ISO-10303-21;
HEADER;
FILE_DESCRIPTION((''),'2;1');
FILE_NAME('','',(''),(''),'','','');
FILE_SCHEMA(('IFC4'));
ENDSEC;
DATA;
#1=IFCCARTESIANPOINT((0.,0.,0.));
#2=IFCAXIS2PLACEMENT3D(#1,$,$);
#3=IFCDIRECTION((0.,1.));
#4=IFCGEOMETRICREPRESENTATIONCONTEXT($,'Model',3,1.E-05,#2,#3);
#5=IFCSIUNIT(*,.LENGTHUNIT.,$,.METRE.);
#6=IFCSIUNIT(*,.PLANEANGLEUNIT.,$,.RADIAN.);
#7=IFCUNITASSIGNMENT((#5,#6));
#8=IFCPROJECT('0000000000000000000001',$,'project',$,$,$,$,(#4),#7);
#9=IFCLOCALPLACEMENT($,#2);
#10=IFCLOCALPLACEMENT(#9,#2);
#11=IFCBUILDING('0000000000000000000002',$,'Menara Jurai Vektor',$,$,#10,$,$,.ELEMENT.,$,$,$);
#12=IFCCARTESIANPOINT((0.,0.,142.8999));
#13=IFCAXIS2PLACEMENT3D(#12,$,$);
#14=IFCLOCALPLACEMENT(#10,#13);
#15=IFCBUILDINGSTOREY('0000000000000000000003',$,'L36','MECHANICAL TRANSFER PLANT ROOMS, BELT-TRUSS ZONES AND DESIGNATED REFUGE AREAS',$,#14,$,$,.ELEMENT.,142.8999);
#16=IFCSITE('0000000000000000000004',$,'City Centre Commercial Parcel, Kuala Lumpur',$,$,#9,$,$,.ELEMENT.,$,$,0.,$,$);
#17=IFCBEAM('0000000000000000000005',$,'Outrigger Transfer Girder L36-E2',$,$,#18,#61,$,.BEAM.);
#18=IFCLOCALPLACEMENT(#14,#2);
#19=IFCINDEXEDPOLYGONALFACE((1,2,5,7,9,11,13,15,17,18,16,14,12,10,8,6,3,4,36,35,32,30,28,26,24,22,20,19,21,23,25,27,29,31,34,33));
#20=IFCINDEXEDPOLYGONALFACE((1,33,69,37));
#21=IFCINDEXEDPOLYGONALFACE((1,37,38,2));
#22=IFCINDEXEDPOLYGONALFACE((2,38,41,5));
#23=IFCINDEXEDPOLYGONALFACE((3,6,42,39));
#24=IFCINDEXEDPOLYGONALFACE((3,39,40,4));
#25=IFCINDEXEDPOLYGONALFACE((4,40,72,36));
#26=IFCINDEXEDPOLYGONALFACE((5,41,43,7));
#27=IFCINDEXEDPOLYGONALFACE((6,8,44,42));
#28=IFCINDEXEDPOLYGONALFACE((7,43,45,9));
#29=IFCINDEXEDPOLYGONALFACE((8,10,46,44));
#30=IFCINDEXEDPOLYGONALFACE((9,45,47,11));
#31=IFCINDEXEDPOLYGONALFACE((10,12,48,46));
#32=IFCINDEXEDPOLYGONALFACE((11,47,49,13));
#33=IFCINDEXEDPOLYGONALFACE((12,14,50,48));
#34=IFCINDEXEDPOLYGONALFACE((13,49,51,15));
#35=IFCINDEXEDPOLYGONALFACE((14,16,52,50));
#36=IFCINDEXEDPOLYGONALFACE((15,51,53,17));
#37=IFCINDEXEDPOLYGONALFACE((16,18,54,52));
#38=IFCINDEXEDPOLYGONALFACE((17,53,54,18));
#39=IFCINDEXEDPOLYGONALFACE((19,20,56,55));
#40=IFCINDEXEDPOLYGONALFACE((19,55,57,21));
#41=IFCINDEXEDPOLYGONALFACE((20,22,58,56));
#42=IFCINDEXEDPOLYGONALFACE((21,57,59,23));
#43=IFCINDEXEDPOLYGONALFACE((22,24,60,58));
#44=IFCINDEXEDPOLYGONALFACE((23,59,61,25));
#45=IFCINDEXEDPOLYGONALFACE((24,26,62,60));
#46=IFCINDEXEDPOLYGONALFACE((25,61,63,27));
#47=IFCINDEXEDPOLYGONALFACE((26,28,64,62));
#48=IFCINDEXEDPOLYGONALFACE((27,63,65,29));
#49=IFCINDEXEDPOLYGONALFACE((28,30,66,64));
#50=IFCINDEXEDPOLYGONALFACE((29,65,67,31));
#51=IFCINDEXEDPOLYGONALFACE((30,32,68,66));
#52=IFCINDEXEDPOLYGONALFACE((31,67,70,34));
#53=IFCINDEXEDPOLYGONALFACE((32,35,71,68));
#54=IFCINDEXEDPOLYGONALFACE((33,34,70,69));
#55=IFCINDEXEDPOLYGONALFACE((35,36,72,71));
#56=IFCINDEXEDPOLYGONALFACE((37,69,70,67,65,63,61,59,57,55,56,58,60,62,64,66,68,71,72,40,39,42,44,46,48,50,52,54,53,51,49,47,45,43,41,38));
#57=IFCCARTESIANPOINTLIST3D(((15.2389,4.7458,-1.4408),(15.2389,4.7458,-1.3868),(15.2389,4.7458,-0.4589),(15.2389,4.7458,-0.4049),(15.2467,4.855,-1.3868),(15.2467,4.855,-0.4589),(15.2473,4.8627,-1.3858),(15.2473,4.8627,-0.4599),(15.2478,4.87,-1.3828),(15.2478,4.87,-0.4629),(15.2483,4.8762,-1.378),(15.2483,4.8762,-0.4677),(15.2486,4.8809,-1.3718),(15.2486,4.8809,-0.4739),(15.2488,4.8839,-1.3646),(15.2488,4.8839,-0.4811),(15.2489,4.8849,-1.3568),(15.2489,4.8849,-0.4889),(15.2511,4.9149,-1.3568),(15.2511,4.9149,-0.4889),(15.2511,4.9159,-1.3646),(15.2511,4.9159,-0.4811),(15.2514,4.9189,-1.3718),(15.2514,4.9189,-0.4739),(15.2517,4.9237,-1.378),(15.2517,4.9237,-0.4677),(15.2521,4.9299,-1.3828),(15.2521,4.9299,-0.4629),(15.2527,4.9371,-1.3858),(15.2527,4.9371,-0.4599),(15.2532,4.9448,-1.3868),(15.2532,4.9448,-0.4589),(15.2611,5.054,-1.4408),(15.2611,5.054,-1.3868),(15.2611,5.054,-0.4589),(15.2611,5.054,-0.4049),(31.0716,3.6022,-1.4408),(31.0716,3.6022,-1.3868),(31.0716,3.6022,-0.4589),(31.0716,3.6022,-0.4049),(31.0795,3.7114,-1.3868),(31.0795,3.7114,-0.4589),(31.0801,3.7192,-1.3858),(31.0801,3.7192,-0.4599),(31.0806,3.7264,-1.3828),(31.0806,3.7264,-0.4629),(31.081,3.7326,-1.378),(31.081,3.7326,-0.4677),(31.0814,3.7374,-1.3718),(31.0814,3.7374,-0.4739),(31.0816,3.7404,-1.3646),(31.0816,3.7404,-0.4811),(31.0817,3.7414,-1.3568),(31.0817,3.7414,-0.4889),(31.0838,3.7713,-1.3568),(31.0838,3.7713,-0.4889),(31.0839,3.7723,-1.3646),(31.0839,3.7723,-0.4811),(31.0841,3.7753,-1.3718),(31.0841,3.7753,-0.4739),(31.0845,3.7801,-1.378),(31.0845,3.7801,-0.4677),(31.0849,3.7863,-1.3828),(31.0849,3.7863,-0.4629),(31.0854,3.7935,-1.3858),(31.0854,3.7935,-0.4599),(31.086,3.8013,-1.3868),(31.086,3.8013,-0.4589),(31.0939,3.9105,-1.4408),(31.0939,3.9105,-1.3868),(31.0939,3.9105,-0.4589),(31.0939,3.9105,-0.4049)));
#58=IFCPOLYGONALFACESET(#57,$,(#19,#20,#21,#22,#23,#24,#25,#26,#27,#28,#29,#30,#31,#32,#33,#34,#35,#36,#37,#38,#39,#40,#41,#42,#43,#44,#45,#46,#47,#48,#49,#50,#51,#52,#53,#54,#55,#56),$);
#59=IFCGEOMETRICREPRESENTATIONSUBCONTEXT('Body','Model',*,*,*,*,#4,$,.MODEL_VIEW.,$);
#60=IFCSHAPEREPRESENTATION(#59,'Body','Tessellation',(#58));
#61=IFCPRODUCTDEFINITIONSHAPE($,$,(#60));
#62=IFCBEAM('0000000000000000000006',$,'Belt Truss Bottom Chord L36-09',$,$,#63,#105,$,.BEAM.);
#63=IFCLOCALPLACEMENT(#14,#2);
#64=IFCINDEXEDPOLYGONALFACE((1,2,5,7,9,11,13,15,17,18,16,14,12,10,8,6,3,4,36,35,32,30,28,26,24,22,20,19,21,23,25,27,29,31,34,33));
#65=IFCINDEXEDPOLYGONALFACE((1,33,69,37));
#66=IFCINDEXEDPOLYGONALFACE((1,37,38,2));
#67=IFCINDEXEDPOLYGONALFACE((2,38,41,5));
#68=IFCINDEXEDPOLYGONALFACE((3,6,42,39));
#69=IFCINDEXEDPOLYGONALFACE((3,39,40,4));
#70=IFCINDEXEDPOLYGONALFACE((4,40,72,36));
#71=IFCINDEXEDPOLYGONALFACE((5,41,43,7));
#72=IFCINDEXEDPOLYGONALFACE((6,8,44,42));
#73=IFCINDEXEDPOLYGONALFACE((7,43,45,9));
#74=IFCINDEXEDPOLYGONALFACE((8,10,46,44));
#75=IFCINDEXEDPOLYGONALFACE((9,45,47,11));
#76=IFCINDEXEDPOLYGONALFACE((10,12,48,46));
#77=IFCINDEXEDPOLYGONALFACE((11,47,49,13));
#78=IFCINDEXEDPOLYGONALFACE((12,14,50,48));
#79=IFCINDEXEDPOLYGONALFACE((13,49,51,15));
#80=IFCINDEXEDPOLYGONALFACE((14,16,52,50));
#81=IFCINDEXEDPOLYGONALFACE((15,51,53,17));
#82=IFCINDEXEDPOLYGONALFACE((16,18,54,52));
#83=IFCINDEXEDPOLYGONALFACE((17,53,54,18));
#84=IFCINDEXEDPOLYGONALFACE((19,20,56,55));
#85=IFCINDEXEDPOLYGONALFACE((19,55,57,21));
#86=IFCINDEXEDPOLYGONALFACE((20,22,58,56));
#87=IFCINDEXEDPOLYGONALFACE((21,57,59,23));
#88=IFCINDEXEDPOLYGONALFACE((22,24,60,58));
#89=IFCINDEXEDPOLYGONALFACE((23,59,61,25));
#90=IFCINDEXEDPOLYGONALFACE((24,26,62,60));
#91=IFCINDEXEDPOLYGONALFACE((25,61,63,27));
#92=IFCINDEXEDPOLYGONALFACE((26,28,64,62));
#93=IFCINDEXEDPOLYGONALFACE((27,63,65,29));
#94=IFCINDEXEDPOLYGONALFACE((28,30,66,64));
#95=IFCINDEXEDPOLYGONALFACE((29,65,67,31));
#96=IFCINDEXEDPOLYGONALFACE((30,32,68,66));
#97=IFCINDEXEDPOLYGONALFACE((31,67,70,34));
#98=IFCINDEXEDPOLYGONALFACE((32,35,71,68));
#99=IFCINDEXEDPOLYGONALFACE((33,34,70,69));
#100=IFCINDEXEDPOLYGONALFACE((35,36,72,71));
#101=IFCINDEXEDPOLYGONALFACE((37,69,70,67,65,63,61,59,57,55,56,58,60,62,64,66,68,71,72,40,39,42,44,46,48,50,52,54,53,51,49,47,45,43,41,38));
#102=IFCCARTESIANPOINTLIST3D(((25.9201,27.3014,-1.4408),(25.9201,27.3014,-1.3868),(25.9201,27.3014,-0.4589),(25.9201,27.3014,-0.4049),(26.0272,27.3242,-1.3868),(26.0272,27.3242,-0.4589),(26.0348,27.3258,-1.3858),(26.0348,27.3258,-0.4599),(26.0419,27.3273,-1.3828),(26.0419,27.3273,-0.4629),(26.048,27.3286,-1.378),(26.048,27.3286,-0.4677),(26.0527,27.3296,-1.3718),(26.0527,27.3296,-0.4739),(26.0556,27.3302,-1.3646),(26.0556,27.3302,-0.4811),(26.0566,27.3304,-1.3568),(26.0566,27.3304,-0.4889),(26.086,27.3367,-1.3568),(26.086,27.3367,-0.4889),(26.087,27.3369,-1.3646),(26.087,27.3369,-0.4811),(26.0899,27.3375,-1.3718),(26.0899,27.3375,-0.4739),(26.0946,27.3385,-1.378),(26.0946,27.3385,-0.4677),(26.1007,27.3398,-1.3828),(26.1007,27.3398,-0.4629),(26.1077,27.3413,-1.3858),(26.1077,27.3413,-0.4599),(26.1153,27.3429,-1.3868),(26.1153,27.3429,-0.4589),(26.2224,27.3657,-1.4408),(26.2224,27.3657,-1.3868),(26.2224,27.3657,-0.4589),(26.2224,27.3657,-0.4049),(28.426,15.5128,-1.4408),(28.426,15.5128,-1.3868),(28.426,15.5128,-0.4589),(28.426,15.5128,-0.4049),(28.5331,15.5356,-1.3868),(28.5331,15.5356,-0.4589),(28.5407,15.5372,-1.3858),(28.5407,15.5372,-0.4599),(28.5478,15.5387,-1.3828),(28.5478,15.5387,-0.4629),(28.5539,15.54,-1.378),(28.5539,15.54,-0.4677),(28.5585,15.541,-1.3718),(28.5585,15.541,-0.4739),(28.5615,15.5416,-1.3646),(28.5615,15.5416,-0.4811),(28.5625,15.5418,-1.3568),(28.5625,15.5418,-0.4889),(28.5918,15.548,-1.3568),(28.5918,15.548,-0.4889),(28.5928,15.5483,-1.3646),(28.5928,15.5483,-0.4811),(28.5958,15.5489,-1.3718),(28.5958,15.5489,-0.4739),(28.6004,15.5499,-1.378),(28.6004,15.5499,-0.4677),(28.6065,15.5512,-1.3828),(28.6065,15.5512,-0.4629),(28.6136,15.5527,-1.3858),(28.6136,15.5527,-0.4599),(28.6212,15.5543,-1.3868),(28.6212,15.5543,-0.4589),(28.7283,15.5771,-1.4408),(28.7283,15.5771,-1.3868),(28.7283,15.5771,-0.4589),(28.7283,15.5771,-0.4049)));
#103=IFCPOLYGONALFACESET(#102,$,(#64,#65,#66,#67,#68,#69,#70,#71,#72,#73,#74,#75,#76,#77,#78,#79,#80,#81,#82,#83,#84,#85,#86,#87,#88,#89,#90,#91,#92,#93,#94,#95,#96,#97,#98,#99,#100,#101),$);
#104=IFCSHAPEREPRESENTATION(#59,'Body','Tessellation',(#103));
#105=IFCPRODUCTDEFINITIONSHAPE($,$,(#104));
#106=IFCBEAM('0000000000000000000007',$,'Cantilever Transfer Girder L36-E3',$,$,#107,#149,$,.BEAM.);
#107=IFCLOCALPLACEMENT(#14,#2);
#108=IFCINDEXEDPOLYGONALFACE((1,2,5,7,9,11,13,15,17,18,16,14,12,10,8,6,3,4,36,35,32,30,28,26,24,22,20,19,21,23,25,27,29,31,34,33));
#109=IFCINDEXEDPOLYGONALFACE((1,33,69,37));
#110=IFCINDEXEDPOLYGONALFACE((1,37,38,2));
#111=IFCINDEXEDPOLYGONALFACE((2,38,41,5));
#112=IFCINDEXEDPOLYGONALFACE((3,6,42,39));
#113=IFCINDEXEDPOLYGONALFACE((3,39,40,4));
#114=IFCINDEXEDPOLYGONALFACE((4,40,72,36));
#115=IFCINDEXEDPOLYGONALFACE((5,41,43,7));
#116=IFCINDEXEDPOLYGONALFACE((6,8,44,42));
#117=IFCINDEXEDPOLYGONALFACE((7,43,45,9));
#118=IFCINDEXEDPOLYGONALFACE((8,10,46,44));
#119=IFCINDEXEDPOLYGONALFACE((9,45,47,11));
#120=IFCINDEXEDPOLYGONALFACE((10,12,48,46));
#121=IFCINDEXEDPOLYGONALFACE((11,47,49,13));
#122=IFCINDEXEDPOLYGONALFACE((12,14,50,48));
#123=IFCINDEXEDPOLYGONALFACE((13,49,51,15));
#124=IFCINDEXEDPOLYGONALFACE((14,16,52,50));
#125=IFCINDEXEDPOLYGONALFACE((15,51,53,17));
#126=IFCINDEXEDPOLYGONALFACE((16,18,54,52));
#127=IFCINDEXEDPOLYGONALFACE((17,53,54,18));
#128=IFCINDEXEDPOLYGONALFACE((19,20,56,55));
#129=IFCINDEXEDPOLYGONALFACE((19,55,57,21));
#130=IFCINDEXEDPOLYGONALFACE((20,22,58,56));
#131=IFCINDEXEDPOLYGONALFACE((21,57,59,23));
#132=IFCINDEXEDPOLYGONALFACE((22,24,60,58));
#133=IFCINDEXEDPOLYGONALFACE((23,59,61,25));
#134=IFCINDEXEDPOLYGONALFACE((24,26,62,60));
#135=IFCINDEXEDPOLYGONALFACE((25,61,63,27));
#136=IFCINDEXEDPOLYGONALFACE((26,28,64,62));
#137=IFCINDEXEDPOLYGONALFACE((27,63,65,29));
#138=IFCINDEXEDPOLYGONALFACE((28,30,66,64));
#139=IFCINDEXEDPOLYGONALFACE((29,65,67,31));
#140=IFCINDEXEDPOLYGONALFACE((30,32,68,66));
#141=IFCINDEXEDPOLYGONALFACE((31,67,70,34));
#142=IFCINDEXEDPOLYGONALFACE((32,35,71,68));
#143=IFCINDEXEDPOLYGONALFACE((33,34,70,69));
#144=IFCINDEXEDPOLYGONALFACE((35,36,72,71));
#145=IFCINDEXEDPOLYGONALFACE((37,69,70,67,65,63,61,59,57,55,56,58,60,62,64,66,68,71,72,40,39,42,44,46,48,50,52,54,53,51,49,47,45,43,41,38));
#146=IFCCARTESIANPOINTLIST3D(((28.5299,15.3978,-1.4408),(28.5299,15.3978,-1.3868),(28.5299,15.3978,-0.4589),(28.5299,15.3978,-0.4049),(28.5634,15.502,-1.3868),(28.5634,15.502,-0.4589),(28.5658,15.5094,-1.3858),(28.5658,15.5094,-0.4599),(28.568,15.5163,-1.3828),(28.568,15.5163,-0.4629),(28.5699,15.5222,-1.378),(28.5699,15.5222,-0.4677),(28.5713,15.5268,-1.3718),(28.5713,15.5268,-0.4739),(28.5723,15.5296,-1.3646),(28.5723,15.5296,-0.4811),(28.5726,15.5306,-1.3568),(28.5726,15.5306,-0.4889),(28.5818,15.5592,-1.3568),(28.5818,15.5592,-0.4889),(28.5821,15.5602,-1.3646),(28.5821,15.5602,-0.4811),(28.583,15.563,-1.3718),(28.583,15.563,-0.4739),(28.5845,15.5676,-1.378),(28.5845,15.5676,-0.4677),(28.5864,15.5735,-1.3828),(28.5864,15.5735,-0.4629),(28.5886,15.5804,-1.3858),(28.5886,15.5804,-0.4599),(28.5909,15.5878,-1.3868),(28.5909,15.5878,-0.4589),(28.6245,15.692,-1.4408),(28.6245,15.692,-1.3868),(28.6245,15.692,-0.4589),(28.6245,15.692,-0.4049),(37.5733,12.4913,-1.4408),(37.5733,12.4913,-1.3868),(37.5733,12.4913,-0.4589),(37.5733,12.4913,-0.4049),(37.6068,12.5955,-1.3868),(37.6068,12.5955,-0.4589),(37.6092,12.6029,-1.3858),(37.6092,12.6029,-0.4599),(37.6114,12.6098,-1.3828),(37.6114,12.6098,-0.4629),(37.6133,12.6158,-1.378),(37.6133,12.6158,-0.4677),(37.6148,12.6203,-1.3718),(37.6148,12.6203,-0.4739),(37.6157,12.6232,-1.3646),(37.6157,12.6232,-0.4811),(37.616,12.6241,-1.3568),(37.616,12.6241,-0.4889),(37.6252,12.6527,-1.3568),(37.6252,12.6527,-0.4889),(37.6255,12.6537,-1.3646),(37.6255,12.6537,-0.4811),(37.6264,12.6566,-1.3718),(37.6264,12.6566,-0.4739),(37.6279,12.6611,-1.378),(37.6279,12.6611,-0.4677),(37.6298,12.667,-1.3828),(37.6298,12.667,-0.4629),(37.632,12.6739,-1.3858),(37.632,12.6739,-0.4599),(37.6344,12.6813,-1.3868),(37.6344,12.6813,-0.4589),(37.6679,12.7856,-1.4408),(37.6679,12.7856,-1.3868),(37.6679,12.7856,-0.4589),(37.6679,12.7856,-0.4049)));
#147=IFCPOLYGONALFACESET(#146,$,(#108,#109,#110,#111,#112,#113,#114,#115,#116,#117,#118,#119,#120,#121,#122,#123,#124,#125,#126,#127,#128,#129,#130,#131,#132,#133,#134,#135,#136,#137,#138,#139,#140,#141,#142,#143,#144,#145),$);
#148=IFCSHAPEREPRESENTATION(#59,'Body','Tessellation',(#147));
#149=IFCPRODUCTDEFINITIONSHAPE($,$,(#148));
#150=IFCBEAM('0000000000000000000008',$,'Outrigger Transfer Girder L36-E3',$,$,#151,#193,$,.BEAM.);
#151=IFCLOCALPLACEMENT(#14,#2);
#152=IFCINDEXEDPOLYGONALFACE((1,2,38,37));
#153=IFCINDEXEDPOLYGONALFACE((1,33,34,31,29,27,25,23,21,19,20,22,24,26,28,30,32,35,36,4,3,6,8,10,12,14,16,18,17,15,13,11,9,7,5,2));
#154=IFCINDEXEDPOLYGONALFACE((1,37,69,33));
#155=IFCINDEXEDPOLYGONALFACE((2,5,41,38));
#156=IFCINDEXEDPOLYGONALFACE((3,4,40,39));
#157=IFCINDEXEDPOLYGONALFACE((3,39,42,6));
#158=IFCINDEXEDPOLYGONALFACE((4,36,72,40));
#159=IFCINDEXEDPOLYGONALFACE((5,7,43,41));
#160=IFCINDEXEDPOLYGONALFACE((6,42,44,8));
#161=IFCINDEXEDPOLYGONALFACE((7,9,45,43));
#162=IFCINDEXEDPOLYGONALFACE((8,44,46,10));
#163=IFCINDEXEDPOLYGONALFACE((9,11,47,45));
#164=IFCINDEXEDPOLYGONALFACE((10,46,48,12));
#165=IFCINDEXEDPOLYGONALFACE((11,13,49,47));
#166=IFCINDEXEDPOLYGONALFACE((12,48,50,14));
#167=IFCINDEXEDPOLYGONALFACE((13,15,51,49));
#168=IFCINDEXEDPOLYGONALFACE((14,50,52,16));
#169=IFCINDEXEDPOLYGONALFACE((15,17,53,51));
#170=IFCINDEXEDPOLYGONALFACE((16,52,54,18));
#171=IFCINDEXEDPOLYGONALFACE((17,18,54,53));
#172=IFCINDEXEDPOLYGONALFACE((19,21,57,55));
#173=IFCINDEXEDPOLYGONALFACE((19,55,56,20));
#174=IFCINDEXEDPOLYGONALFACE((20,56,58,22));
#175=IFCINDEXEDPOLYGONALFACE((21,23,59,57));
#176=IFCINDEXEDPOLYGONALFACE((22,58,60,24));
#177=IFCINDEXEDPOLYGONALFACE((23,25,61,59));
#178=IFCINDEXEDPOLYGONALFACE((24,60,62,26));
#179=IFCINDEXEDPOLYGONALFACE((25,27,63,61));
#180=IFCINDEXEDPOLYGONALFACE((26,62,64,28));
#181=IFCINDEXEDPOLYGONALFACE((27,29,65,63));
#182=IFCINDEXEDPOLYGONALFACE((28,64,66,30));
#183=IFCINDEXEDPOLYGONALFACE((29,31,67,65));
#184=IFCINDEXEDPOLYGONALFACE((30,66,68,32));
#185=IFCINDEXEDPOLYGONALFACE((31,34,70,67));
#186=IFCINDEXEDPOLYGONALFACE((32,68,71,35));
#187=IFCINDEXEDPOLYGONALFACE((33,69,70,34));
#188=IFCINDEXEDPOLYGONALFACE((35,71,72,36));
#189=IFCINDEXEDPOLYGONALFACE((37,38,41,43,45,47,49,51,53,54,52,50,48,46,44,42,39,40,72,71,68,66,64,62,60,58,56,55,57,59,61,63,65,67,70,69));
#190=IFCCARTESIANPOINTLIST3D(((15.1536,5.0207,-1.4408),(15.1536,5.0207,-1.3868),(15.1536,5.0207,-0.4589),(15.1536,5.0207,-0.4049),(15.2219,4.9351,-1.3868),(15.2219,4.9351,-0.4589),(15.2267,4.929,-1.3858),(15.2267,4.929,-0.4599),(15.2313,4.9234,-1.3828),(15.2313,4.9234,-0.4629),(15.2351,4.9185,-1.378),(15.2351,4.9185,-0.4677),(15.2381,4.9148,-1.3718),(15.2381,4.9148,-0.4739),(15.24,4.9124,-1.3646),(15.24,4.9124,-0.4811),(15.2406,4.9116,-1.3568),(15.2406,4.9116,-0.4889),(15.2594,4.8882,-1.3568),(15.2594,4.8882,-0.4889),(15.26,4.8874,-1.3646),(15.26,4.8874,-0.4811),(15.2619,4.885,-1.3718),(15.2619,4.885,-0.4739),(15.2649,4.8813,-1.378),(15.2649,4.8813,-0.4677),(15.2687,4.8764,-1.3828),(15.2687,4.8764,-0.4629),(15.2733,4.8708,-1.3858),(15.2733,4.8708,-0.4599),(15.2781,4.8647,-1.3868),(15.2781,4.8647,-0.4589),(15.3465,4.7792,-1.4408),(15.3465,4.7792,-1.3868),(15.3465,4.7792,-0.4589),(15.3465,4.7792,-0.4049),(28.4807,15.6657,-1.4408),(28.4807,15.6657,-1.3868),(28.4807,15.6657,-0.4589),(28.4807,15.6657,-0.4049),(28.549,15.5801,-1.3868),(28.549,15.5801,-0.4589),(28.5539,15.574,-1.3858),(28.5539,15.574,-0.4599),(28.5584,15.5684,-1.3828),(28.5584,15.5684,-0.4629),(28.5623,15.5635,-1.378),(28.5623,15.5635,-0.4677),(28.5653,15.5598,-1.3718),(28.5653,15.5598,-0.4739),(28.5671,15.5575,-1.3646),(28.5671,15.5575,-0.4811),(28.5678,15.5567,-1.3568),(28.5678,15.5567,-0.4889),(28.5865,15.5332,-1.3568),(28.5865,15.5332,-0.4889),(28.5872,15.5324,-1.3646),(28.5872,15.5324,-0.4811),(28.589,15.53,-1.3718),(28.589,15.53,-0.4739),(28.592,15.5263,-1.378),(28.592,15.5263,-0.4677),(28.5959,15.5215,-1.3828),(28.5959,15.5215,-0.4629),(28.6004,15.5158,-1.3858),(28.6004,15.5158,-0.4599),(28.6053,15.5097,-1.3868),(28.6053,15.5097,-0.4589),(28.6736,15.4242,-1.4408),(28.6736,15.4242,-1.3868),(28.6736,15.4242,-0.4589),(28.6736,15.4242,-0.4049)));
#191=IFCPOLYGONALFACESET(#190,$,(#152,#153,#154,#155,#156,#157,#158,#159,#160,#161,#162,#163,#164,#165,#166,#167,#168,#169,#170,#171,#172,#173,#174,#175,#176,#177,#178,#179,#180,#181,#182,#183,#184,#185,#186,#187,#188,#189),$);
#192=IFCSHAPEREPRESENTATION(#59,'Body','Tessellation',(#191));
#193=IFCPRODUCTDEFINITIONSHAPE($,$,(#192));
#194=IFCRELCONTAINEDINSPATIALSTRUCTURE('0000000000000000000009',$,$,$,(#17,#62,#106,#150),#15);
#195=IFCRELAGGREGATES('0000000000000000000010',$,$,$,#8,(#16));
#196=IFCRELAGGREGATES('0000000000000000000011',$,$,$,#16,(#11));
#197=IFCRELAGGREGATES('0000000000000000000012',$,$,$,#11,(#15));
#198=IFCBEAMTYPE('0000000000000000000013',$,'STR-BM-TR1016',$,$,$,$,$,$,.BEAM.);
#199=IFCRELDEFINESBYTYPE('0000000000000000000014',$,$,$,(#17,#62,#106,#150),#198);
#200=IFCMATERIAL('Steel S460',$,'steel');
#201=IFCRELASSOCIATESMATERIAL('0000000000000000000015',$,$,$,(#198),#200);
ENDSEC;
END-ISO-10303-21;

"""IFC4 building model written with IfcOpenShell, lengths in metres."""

from ifc_helpers import new_model, si_unit, direction, frame, origin, origin_2d, place, context, subcontext, project, spatial, i_section, extrude, material, material_profile, profile_set, type_object, element, save


model = new_model("IFC4")

# Units and contexts
model_context = context("Model", 3, precision=1e-05, world=origin(), true_north=direction((0.0, 1.0)))
body_context = subcontext(model_context, "Body", "Model", "MODEL_VIEW")
ifc_project = project(units=[si_unit("LENGTHUNIT", "METRE"), si_unit("PLANEANGLEUNIT", "RADIAN")], contexts=[model_context])

# Site, building, storey
site_placement = place(None, origin())
site = spatial("IfcSite", under=ifc_project, at=site_placement, Name="City Centre Commercial Parcel, Kuala Lumpur", CompositionType="ELEMENT", RefElevation=0.0)
building_placement = place(site_placement, origin())
building = spatial("IfcBuilding", under=site, at=building_placement, Name="Menara Jurai Vektor", CompositionType="ELEMENT")
storey_placement = place(building_placement, frame((0.0, 0.0, 142.8999)))
storey = spatial("IfcBuildingStorey", under=building, at=storey_placement, Name="L36", Description="MECHANICAL TRANSFER PLANT ROOMS, BELT-TRUSS ZONES AND DESIGNATED REFUGE AREAS", CompositionType="ELEMENT", Elevation=142.8999)

# Shared definitions
ifc_material_1 = material(Name="Steel S460", Category="steel")

# Beams
ifc_material_profile_1 = material_profile(ifc_material_1, i_section(OverallWidth=0.3091, OverallDepth=1.0359, WebThickness=0.03, FlangeThickness=0.054, FilletRadius=0.03, at=origin_2d()), Name="UKB 1016x305x487")
ifc_profile_set_1 = profile_set([ifc_material_profile_1], Name="Steel S460")
beam_type_1 = type_object("IfcBeamType", Name="STR-BM-TR1016", PredefinedType="BEAM", material=ifc_profile_set_1)
beam_1_placement = place(storey_placement, frame((31.0828, 3.7563, -0.9229), z_axis=(-0.997402, 0.072039, 0.0), x_axis=(-0.072039, -0.997402, 0.0)))
element("IfcBeam", 1, at=beam_1_placement, inside=storey, type_object=beam_type_1, Name="Outrigger Transfer Girder L36-E2", PredefinedType="BEAM", context=body_context, shape_type="SweptSolid", body=[
    extrude(i_section(OverallWidth=0.3091, OverallDepth=1.0359, WebThickness=0.03, FlangeThickness=0.054, FilletRadius=0.03, at=origin_2d()), origin(), (0.0, 0.0, 1.0), 15.874),
])
beam_2_placement = place(storey_placement, frame((28.5771, 15.5449, -0.9229), z_axis=(-0.207921, 0.978146, 0.0), x_axis=(-0.978146, -0.207921, 0.0)))
element("IfcBeam", 2, at=beam_2_placement, inside=storey, type_object=beam_type_1, Name="Belt Truss Bottom Chord L36-09", PredefinedType="BEAM", context=body_context, shape_type="SweptSolid", body=[
    extrude(i_section(OverallWidth=0.3091, OverallDepth=1.0359, WebThickness=0.03, FlangeThickness=0.054, FilletRadius=0.03, at=origin_2d()), origin(), (0.0, 0.0, 1.0), 12.052),
])
beam_3_placement = place(storey_placement, frame((37.6206, 12.6384, -0.9229), z_axis=(-0.952039, 0.305978, 0.0), x_axis=(-0.305978, -0.952039, 0.0)))
element("IfcBeam", 3, at=beam_3_placement, inside=storey, type_object=beam_type_1, Name="Cantilever Transfer Girder L36-E3", PredefinedType="BEAM", context=body_context, shape_type="SweptSolid", body=[
    extrude(i_section(OverallWidth=0.3091, OverallDepth=1.0359, WebThickness=0.03, FlangeThickness=0.054, FilletRadius=0.03, at=origin_2d()), origin(), (0.0, 0.0, 1.0), 9.499),
])
beam_4_placement = place(storey_placement, frame((28.5771, 15.5449, -0.9229), z_axis=(-0.781346, -0.624098, 0.0), x_axis=(0.624098, -0.781346, 0.0)))
element("IfcBeam", 4, at=beam_4_placement, inside=storey, type_object=beam_type_1, Name="Outrigger Transfer Girder L36-E3", PredefinedType="BEAM", context=body_context, shape_type="SweptSolid", body=[
    extrude(i_section(OverallWidth=0.3091, OverallDepth=1.0359, WebThickness=0.03, FlangeThickness=0.054, FilletRadius=0.03, at=origin_2d()), origin(), (0.0, 0.0, 1.0), 17.0566),
])

save(model, "model.ifc")
